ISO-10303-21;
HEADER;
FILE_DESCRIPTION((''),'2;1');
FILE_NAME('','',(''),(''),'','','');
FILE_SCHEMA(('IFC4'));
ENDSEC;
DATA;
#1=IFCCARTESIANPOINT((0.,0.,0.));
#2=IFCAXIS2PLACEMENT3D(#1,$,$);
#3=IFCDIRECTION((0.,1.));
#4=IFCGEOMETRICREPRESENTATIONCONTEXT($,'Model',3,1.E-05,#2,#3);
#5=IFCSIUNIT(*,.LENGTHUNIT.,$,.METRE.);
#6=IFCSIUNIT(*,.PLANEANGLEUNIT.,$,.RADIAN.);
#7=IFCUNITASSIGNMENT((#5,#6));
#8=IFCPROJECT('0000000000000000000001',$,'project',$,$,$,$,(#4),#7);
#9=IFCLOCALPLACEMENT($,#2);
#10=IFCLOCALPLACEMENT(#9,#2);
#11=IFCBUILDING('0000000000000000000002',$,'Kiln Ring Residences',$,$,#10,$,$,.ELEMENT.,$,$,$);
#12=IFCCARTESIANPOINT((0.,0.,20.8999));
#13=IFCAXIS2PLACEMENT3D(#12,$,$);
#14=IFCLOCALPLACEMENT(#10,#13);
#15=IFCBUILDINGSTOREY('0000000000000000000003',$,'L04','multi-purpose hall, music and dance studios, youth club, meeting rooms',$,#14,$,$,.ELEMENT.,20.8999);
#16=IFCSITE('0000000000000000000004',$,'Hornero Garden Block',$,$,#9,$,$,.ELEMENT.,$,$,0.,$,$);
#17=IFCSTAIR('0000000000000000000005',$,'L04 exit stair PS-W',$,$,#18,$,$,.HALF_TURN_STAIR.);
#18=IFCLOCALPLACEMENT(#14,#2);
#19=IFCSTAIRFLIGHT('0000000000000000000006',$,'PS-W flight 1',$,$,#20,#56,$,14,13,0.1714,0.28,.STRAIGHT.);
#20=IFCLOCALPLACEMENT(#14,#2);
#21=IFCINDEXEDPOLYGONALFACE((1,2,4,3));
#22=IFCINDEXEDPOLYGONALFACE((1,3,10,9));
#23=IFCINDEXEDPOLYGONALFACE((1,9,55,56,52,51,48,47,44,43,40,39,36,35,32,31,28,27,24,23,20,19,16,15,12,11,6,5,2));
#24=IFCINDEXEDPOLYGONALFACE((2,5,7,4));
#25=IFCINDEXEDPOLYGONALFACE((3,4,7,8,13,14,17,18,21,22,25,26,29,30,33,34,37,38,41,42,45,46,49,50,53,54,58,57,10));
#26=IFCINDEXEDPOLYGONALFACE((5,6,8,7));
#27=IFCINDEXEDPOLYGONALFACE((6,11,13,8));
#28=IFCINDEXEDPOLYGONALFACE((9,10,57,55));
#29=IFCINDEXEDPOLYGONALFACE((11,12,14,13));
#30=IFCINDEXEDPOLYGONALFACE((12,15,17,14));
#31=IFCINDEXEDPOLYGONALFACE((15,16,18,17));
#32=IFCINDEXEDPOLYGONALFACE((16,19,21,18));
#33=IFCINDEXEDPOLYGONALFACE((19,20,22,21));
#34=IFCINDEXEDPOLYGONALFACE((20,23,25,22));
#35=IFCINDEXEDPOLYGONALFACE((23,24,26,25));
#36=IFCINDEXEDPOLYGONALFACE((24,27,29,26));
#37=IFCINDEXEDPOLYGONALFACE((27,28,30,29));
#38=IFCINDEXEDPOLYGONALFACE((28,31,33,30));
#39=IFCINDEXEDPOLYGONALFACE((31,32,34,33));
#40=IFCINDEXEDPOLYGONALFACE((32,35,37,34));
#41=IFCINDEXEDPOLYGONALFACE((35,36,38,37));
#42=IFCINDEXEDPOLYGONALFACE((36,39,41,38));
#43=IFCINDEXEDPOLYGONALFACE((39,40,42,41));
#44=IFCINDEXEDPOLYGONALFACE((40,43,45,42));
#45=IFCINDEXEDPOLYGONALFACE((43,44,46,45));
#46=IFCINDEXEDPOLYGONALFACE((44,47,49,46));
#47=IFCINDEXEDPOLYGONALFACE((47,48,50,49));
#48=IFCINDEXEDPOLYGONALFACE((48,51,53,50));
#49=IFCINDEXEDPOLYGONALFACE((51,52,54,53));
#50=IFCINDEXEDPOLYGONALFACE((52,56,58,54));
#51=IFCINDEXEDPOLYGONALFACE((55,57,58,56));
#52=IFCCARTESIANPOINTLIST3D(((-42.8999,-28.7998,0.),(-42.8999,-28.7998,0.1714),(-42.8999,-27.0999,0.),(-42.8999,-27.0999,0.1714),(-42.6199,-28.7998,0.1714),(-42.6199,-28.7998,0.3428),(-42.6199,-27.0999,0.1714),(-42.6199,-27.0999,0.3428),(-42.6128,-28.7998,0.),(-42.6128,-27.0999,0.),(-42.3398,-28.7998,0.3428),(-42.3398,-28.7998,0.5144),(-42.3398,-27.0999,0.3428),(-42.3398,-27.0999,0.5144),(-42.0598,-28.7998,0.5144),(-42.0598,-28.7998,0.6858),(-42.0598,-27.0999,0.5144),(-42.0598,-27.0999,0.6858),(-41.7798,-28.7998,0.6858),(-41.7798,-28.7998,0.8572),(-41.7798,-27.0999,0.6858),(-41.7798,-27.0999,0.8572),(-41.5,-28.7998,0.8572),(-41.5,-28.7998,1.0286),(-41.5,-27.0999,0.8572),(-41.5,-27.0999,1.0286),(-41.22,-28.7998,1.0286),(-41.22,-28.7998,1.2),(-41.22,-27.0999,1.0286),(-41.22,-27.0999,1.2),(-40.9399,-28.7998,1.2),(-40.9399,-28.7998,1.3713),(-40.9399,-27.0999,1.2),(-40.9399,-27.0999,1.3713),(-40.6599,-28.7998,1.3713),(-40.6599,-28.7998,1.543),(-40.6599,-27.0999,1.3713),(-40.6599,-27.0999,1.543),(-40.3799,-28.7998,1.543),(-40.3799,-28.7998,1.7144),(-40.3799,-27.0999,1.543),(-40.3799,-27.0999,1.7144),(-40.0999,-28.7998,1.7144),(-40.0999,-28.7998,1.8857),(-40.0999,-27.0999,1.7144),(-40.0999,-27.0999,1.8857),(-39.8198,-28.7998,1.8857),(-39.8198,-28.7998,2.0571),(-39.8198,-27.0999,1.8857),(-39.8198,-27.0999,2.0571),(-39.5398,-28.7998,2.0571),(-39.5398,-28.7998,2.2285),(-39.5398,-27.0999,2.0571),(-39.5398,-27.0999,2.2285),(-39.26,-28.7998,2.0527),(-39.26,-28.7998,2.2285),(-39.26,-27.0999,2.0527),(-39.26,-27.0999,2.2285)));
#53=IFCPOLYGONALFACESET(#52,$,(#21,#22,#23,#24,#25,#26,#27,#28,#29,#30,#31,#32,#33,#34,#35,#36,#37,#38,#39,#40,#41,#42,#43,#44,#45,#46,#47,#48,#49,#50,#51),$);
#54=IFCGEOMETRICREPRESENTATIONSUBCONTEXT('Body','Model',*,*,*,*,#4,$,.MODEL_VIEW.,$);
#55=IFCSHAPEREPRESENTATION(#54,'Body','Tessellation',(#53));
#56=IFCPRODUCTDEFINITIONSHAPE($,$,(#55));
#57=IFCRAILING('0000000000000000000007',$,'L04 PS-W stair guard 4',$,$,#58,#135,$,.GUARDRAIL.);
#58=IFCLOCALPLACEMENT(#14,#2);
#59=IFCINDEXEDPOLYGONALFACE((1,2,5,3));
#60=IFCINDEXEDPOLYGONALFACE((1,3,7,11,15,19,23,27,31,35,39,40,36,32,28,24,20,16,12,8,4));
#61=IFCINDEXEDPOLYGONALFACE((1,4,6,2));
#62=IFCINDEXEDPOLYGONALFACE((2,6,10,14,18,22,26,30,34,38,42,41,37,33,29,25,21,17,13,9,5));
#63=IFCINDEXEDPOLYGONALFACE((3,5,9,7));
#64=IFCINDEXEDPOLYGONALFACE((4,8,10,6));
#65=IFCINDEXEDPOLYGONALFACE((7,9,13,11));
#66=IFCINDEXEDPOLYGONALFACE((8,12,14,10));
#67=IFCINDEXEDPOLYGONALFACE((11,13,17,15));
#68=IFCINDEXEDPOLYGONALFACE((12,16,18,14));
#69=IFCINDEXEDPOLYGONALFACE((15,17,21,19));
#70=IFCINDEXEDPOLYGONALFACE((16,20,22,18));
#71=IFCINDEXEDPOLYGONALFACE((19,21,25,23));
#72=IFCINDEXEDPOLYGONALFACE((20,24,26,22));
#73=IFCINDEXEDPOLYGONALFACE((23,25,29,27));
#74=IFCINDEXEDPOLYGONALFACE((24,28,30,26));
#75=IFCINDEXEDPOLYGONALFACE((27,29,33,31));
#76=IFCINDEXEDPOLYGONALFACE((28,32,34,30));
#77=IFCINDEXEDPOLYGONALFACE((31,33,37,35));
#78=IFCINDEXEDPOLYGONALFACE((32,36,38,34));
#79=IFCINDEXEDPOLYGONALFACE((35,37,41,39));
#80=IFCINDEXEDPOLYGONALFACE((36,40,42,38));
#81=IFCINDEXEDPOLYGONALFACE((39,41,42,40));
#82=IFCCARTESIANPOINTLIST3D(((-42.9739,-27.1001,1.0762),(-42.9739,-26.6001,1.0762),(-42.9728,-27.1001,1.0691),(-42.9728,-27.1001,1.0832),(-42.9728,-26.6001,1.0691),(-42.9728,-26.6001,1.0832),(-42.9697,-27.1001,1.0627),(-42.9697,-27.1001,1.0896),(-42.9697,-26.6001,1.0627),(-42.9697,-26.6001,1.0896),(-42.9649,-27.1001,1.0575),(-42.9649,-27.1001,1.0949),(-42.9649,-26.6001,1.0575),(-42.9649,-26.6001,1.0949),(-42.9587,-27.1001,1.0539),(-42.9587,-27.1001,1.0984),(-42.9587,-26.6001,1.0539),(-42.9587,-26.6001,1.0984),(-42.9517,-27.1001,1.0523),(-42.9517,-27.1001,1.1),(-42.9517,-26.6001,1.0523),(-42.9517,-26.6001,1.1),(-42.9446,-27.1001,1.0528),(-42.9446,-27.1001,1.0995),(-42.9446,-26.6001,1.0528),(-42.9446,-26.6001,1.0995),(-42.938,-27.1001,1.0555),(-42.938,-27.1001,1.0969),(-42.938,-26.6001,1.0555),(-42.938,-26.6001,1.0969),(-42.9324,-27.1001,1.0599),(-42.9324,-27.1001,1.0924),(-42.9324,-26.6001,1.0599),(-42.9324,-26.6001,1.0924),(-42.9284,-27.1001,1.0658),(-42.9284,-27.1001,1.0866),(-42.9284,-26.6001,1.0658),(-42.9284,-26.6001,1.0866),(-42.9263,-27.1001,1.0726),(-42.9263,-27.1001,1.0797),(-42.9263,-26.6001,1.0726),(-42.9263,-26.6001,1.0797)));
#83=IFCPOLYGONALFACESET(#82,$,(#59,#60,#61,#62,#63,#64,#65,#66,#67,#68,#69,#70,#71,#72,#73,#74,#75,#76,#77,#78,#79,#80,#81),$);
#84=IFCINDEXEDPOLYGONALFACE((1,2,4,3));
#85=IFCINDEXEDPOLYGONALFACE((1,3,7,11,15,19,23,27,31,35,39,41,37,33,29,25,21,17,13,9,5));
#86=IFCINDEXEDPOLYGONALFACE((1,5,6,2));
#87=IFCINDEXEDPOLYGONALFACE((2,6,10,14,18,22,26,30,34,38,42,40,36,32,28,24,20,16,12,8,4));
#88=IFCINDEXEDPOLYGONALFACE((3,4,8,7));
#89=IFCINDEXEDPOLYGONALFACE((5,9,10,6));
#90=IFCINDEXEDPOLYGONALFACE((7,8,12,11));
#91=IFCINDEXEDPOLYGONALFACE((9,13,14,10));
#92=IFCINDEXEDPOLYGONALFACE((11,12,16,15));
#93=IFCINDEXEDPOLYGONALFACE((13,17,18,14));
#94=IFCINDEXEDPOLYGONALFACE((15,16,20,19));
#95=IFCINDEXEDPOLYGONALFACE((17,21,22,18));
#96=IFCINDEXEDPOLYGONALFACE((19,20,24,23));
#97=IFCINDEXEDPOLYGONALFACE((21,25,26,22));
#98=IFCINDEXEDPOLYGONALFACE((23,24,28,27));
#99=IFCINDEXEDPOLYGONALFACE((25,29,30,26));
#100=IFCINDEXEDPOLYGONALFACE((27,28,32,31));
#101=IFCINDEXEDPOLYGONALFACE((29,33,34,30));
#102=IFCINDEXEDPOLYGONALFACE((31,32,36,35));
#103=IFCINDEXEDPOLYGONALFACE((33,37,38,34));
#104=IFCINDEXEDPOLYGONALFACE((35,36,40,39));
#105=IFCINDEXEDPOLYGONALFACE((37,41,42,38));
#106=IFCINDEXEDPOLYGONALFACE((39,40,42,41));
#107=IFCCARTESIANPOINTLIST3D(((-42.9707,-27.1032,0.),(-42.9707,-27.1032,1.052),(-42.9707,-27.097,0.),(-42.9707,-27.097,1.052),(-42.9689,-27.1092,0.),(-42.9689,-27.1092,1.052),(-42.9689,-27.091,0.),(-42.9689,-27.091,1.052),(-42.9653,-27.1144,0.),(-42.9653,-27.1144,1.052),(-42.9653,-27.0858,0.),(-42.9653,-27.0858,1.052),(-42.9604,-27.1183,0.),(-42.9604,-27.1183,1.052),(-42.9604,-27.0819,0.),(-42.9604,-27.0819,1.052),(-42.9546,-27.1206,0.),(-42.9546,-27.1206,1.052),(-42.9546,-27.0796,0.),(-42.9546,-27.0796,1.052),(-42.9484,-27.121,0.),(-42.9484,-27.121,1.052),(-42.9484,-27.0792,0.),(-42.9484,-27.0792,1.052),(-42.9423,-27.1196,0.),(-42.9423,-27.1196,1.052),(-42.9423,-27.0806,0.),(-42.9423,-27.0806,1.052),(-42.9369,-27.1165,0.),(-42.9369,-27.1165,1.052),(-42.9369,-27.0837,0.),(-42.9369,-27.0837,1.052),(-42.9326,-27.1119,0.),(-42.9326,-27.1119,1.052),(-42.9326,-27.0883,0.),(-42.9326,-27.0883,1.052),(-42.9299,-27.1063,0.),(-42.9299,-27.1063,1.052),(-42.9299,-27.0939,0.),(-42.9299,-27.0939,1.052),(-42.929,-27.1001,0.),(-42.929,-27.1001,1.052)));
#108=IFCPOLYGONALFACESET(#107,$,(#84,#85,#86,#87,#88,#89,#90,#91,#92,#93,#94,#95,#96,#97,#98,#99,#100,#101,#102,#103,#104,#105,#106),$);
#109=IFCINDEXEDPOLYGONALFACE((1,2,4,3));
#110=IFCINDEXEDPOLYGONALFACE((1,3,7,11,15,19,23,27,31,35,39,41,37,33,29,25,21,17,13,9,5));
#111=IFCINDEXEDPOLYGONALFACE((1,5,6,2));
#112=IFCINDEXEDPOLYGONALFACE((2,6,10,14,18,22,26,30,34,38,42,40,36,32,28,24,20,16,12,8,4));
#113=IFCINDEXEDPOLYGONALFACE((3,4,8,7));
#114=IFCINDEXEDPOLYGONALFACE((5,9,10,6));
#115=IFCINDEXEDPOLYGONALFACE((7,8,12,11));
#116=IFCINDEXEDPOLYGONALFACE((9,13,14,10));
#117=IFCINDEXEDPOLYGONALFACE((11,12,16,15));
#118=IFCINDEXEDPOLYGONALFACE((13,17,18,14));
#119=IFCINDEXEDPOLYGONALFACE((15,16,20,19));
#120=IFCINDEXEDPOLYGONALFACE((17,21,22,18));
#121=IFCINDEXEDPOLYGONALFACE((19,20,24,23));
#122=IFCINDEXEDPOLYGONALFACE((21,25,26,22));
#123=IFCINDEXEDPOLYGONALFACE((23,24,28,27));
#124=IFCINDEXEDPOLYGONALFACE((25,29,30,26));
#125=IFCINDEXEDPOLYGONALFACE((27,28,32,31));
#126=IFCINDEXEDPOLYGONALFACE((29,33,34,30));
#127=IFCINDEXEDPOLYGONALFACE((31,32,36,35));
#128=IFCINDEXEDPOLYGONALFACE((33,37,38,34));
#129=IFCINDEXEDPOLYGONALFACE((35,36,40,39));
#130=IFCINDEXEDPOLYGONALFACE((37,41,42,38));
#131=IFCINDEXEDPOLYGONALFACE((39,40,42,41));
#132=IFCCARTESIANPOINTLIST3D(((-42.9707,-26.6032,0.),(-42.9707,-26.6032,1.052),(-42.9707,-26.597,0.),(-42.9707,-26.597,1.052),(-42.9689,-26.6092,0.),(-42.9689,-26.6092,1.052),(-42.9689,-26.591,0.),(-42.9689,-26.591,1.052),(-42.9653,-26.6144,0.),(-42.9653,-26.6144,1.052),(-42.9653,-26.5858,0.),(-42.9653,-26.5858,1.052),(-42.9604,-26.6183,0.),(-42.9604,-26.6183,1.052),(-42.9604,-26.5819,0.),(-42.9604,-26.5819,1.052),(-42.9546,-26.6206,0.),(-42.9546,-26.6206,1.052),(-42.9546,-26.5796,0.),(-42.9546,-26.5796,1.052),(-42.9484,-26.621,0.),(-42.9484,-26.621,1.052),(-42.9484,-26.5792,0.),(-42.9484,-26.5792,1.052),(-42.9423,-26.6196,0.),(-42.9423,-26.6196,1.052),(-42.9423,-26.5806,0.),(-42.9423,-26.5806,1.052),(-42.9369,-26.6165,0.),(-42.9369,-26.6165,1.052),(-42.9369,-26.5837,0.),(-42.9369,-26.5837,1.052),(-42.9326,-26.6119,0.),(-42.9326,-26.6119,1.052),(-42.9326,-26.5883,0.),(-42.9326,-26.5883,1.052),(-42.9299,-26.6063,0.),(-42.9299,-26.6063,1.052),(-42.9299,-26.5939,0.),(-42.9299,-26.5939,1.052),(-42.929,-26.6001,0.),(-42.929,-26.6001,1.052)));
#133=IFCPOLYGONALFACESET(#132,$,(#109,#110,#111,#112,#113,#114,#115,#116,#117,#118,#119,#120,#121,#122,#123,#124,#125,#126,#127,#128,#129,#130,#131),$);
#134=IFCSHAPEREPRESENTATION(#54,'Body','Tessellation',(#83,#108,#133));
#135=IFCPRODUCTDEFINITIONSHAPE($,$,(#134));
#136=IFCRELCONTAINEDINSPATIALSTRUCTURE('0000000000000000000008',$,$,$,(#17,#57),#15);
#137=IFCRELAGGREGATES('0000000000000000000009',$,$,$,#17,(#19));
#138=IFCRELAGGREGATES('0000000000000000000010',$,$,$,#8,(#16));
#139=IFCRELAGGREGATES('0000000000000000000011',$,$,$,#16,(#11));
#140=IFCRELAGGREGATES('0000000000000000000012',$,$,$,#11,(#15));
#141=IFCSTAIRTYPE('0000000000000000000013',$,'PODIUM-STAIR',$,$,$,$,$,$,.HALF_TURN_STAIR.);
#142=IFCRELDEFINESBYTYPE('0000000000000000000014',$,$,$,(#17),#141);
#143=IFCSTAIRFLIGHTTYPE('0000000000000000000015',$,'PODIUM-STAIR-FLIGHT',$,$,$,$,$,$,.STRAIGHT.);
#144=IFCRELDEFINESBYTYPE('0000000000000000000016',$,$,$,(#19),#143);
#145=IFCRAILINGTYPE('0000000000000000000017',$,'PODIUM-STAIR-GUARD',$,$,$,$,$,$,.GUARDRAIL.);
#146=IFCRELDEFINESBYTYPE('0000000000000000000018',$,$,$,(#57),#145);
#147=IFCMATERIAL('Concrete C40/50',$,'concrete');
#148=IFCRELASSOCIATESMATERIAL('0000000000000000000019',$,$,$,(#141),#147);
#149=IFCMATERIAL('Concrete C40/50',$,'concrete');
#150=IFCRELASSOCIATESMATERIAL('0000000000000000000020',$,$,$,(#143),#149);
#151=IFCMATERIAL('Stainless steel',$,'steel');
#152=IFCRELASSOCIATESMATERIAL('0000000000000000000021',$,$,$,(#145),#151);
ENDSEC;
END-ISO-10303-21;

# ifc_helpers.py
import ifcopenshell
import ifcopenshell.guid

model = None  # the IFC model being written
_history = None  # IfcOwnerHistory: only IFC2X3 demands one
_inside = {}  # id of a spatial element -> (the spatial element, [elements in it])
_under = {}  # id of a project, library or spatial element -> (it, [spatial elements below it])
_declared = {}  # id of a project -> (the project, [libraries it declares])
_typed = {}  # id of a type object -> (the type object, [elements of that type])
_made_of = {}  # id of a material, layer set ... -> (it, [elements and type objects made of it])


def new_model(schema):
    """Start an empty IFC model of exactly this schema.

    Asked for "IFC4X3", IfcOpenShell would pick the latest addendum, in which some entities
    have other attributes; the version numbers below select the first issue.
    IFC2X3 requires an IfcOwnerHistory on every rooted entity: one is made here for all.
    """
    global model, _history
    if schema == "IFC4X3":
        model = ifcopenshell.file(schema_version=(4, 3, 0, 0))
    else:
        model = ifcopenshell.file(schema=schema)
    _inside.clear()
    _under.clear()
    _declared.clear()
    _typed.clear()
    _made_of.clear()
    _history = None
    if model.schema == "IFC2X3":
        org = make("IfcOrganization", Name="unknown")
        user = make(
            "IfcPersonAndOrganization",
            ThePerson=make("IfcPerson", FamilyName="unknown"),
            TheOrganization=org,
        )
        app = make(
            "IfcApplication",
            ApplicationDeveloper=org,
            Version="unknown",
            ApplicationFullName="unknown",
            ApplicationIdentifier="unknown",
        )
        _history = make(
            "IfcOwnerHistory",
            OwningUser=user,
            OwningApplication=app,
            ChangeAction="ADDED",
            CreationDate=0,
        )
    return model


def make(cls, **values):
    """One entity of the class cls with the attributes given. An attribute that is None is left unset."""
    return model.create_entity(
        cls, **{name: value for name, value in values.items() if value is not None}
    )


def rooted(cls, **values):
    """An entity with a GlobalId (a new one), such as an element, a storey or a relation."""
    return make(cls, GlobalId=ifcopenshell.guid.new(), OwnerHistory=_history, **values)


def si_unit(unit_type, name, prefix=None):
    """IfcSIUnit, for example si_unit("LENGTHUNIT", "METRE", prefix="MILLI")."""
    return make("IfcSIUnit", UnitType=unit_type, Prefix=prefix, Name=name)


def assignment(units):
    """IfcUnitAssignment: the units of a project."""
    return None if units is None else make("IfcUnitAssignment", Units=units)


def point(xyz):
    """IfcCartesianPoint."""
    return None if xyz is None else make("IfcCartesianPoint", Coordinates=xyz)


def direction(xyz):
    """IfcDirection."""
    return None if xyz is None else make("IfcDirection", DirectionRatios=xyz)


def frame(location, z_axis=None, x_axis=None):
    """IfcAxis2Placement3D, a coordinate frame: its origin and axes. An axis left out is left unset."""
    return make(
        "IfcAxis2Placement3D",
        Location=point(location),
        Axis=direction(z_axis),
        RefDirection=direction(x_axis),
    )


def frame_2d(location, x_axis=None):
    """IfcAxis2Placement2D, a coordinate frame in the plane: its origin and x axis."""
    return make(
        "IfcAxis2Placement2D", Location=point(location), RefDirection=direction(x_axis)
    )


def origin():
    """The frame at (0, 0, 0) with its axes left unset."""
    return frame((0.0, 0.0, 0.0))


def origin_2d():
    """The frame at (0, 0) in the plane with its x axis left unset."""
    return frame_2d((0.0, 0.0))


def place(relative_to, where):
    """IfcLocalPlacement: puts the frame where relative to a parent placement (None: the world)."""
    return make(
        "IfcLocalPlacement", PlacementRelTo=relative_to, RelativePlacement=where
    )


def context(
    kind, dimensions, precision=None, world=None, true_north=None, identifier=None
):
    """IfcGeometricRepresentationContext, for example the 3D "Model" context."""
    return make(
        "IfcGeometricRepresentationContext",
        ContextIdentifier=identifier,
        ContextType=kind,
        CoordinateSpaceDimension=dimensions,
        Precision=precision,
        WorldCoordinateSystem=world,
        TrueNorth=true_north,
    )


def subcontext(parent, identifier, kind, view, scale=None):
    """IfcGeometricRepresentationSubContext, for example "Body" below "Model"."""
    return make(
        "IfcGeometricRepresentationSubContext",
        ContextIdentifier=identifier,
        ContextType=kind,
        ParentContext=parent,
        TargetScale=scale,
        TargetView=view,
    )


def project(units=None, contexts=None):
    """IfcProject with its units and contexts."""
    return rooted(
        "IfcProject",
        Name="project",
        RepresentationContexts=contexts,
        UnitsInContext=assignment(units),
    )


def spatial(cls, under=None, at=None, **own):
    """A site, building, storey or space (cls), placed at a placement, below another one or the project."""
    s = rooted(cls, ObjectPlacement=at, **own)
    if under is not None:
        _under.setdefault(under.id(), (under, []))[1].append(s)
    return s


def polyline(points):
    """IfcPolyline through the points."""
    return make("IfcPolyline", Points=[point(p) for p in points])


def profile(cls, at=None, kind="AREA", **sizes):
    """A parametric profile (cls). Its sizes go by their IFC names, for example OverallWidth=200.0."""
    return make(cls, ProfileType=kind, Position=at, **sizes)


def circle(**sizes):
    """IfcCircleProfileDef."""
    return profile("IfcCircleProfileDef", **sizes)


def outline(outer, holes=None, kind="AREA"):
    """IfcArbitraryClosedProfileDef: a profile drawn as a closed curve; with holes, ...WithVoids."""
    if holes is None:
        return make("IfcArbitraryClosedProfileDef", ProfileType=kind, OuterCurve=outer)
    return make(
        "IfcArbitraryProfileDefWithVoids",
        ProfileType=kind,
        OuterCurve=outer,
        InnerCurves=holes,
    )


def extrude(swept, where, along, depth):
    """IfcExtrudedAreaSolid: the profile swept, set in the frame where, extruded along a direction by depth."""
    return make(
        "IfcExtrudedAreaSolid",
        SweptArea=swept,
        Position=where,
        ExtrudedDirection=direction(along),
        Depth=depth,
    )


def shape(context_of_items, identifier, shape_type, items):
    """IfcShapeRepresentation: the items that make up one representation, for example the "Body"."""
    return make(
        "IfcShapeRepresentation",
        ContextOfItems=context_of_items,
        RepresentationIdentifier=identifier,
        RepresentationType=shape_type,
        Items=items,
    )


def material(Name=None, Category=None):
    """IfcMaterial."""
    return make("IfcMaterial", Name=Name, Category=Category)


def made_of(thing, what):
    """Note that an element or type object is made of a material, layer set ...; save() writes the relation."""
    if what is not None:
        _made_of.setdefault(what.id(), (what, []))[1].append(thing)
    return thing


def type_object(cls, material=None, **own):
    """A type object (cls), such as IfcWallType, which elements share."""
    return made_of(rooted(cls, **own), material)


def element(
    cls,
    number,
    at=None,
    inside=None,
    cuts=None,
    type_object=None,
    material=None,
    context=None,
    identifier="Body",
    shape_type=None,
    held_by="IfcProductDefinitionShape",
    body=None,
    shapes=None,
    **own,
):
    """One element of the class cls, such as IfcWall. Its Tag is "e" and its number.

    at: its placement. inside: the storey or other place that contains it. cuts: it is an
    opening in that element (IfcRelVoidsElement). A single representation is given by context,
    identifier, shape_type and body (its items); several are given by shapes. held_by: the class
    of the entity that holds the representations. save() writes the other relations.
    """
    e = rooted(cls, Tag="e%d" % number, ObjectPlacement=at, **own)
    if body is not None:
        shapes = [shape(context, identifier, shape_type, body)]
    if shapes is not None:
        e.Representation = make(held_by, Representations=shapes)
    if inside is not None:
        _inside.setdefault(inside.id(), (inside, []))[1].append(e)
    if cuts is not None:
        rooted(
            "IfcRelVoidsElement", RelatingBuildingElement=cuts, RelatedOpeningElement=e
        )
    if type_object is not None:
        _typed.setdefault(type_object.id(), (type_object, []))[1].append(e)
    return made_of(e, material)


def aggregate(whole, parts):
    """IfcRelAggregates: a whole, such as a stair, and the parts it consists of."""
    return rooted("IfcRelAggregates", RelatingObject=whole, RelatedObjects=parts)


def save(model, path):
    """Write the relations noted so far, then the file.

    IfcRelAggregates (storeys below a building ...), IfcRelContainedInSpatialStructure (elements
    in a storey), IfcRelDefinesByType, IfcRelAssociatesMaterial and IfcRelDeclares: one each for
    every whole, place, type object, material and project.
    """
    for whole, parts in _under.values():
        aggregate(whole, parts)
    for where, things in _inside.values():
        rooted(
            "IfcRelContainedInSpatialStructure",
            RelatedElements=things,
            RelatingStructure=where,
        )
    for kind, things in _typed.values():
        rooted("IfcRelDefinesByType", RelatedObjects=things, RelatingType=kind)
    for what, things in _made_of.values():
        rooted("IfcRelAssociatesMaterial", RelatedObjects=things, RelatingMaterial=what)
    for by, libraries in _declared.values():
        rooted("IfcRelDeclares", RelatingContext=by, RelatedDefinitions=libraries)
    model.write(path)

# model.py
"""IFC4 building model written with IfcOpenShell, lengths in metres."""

from ifc_helpers import new_model, si_unit, direction, frame, origin, origin_2d, place, context, subcontext, project, spatial, polyline, circle, outline, extrude, material, type_object, element, aggregate, save


model = new_model("IFC4")

# Units and contexts
model_context = context("Model", 3, precision=1e-05, world=origin(), true_north=direction((0.0, 1.0)))
body_context = subcontext(model_context, "Body", "Model", "MODEL_VIEW")
ifc_project = project(units=[si_unit("LENGTHUNIT", "METRE"), si_unit("PLANEANGLEUNIT", "RADIAN")], contexts=[model_context])

# Site, building, storey
site_placement = place(None, origin())
site = spatial("IfcSite", under=ifc_project, at=site_placement, Name="Hornero Garden Block", CompositionType="ELEMENT", RefElevation=0.0)
building_placement = place(site_placement, origin())
building = spatial("IfcBuilding", under=site, at=building_placement, Name="Kiln Ring Residences", CompositionType="ELEMENT")
storey_placement = place(building_placement, frame((0.0, 0.0, 20.8999)))
storey = spatial("IfcBuildingStorey", under=building, at=storey_placement, Name="L04", Description="multi-purpose hall, music and dance studios, youth club, meeting rooms", CompositionType="ELEMENT", Elevation=20.8999)

# Stair, stair flight
ifc_material_1 = material(Name="Concrete C40/50", Category="concrete")
stair_type = type_object("IfcStairType", Name="PODIUM-STAIR", PredefinedType="HALF_TURN_STAIR", material=ifc_material_1)
stair_placement = place(storey_placement, origin())
stair = element("IfcStair", 1, at=stair_placement, inside=storey, type_object=stair_type, Name="L04 exit stair PS-W", PredefinedType="HALF_TURN_STAIR")
ifc_material_2 = material(Name="Concrete C40/50", Category="concrete")
stair_flight_type = type_object("IfcStairFlightType", Name="PODIUM-STAIR-FLIGHT", PredefinedType="STRAIGHT", material=ifc_material_2)
stair_flight_placement = place(storey_placement, frame((-42.8999, -27.95, 0.0), z_axis=(0.0, 0.0, 1.0), x_axis=(1.0, 0.0, 0.0)))
stair_flight = element("IfcStairFlight", 2, at=stair_flight_placement, type_object=stair_flight_type, Name="PS-W flight 1", NumberOfRisers=14, NumberOfTreads=13, PredefinedType="STRAIGHT", RiserHeight=0.1714, TreadLength=0.28, context=body_context, shape_type="SweptSolid", body=[
    extrude(outline(polyline([(0.0, 0.0), (0.0, 0.1714), (0.28, 0.1714), (0.28, 0.3428), (0.5601, 0.3428), (0.5601, 0.5144), (0.8401, 0.5144), (0.8401, 0.6858), (1.1201, 0.6858), (1.1201, 0.8572), (1.3999, 0.8572), (1.3999, 1.0286), (1.6799, 1.0286), (1.6799, 1.2), (1.96, 1.2), (1.96, 1.3713), (2.24, 1.3713), (2.24, 1.543), (2.52, 1.543), (2.52, 1.7144), (2.8, 1.7144), (2.8, 1.8857), (3.0801, 1.8857), (3.0801, 2.0571), (3.3601, 2.0571), (3.3601, 2.2285), (3.6399, 2.2285), (3.6399, 2.3999), (3.6399, 2.0527), (0.2871, 0.0), (0.0, 0.0)])), frame((0.0, 0.8501, 0.0), z_axis=(0.0, -1.0, 0.0), x_axis=(1.0, 0.0, 0.0)), (0.0, 0.0, 1.0), 1.7),
])
aggregate(stair, [stair_flight])

# Railing
ifc_material_3 = material(Name="Stainless steel", Category="steel")
railing_type_1 = type_object("IfcRailingType", Name="PODIUM-STAIR-GUARD", PredefinedType="GUARDRAIL", material=ifc_material_3)
railing_1_placement = place(storey_placement, frame((-42.95, -27.1001, 0.0)))
element("IfcRailing", 3, at=railing_1_placement, inside=storey, type_object=railing_type_1, Name="L04 PS-W stair guard 4", PredefinedType="GUARDRAIL", context=body_context, shape_type="SweptSolid", body=[
    extrude(circle(Radius=0.0239, at=origin_2d()), frame((0.0, 0.0, 1.0762), z_axis=(0.0, 1.0, 0.0), x_axis=(-1.0, 0.0, 0.0)), (0.0, 0.0, 1.0), 0.5),
    extrude(circle(Radius=0.021, at=origin_2d()), origin(), (0.0, 0.0, 1.0), 1.052),
    extrude(circle(Radius=0.021, at=origin_2d()), frame((0.0, 0.5, 0.0)), (0.0, 0.0, 1.0), 1.052),
])

save(model, "model.ifc")
